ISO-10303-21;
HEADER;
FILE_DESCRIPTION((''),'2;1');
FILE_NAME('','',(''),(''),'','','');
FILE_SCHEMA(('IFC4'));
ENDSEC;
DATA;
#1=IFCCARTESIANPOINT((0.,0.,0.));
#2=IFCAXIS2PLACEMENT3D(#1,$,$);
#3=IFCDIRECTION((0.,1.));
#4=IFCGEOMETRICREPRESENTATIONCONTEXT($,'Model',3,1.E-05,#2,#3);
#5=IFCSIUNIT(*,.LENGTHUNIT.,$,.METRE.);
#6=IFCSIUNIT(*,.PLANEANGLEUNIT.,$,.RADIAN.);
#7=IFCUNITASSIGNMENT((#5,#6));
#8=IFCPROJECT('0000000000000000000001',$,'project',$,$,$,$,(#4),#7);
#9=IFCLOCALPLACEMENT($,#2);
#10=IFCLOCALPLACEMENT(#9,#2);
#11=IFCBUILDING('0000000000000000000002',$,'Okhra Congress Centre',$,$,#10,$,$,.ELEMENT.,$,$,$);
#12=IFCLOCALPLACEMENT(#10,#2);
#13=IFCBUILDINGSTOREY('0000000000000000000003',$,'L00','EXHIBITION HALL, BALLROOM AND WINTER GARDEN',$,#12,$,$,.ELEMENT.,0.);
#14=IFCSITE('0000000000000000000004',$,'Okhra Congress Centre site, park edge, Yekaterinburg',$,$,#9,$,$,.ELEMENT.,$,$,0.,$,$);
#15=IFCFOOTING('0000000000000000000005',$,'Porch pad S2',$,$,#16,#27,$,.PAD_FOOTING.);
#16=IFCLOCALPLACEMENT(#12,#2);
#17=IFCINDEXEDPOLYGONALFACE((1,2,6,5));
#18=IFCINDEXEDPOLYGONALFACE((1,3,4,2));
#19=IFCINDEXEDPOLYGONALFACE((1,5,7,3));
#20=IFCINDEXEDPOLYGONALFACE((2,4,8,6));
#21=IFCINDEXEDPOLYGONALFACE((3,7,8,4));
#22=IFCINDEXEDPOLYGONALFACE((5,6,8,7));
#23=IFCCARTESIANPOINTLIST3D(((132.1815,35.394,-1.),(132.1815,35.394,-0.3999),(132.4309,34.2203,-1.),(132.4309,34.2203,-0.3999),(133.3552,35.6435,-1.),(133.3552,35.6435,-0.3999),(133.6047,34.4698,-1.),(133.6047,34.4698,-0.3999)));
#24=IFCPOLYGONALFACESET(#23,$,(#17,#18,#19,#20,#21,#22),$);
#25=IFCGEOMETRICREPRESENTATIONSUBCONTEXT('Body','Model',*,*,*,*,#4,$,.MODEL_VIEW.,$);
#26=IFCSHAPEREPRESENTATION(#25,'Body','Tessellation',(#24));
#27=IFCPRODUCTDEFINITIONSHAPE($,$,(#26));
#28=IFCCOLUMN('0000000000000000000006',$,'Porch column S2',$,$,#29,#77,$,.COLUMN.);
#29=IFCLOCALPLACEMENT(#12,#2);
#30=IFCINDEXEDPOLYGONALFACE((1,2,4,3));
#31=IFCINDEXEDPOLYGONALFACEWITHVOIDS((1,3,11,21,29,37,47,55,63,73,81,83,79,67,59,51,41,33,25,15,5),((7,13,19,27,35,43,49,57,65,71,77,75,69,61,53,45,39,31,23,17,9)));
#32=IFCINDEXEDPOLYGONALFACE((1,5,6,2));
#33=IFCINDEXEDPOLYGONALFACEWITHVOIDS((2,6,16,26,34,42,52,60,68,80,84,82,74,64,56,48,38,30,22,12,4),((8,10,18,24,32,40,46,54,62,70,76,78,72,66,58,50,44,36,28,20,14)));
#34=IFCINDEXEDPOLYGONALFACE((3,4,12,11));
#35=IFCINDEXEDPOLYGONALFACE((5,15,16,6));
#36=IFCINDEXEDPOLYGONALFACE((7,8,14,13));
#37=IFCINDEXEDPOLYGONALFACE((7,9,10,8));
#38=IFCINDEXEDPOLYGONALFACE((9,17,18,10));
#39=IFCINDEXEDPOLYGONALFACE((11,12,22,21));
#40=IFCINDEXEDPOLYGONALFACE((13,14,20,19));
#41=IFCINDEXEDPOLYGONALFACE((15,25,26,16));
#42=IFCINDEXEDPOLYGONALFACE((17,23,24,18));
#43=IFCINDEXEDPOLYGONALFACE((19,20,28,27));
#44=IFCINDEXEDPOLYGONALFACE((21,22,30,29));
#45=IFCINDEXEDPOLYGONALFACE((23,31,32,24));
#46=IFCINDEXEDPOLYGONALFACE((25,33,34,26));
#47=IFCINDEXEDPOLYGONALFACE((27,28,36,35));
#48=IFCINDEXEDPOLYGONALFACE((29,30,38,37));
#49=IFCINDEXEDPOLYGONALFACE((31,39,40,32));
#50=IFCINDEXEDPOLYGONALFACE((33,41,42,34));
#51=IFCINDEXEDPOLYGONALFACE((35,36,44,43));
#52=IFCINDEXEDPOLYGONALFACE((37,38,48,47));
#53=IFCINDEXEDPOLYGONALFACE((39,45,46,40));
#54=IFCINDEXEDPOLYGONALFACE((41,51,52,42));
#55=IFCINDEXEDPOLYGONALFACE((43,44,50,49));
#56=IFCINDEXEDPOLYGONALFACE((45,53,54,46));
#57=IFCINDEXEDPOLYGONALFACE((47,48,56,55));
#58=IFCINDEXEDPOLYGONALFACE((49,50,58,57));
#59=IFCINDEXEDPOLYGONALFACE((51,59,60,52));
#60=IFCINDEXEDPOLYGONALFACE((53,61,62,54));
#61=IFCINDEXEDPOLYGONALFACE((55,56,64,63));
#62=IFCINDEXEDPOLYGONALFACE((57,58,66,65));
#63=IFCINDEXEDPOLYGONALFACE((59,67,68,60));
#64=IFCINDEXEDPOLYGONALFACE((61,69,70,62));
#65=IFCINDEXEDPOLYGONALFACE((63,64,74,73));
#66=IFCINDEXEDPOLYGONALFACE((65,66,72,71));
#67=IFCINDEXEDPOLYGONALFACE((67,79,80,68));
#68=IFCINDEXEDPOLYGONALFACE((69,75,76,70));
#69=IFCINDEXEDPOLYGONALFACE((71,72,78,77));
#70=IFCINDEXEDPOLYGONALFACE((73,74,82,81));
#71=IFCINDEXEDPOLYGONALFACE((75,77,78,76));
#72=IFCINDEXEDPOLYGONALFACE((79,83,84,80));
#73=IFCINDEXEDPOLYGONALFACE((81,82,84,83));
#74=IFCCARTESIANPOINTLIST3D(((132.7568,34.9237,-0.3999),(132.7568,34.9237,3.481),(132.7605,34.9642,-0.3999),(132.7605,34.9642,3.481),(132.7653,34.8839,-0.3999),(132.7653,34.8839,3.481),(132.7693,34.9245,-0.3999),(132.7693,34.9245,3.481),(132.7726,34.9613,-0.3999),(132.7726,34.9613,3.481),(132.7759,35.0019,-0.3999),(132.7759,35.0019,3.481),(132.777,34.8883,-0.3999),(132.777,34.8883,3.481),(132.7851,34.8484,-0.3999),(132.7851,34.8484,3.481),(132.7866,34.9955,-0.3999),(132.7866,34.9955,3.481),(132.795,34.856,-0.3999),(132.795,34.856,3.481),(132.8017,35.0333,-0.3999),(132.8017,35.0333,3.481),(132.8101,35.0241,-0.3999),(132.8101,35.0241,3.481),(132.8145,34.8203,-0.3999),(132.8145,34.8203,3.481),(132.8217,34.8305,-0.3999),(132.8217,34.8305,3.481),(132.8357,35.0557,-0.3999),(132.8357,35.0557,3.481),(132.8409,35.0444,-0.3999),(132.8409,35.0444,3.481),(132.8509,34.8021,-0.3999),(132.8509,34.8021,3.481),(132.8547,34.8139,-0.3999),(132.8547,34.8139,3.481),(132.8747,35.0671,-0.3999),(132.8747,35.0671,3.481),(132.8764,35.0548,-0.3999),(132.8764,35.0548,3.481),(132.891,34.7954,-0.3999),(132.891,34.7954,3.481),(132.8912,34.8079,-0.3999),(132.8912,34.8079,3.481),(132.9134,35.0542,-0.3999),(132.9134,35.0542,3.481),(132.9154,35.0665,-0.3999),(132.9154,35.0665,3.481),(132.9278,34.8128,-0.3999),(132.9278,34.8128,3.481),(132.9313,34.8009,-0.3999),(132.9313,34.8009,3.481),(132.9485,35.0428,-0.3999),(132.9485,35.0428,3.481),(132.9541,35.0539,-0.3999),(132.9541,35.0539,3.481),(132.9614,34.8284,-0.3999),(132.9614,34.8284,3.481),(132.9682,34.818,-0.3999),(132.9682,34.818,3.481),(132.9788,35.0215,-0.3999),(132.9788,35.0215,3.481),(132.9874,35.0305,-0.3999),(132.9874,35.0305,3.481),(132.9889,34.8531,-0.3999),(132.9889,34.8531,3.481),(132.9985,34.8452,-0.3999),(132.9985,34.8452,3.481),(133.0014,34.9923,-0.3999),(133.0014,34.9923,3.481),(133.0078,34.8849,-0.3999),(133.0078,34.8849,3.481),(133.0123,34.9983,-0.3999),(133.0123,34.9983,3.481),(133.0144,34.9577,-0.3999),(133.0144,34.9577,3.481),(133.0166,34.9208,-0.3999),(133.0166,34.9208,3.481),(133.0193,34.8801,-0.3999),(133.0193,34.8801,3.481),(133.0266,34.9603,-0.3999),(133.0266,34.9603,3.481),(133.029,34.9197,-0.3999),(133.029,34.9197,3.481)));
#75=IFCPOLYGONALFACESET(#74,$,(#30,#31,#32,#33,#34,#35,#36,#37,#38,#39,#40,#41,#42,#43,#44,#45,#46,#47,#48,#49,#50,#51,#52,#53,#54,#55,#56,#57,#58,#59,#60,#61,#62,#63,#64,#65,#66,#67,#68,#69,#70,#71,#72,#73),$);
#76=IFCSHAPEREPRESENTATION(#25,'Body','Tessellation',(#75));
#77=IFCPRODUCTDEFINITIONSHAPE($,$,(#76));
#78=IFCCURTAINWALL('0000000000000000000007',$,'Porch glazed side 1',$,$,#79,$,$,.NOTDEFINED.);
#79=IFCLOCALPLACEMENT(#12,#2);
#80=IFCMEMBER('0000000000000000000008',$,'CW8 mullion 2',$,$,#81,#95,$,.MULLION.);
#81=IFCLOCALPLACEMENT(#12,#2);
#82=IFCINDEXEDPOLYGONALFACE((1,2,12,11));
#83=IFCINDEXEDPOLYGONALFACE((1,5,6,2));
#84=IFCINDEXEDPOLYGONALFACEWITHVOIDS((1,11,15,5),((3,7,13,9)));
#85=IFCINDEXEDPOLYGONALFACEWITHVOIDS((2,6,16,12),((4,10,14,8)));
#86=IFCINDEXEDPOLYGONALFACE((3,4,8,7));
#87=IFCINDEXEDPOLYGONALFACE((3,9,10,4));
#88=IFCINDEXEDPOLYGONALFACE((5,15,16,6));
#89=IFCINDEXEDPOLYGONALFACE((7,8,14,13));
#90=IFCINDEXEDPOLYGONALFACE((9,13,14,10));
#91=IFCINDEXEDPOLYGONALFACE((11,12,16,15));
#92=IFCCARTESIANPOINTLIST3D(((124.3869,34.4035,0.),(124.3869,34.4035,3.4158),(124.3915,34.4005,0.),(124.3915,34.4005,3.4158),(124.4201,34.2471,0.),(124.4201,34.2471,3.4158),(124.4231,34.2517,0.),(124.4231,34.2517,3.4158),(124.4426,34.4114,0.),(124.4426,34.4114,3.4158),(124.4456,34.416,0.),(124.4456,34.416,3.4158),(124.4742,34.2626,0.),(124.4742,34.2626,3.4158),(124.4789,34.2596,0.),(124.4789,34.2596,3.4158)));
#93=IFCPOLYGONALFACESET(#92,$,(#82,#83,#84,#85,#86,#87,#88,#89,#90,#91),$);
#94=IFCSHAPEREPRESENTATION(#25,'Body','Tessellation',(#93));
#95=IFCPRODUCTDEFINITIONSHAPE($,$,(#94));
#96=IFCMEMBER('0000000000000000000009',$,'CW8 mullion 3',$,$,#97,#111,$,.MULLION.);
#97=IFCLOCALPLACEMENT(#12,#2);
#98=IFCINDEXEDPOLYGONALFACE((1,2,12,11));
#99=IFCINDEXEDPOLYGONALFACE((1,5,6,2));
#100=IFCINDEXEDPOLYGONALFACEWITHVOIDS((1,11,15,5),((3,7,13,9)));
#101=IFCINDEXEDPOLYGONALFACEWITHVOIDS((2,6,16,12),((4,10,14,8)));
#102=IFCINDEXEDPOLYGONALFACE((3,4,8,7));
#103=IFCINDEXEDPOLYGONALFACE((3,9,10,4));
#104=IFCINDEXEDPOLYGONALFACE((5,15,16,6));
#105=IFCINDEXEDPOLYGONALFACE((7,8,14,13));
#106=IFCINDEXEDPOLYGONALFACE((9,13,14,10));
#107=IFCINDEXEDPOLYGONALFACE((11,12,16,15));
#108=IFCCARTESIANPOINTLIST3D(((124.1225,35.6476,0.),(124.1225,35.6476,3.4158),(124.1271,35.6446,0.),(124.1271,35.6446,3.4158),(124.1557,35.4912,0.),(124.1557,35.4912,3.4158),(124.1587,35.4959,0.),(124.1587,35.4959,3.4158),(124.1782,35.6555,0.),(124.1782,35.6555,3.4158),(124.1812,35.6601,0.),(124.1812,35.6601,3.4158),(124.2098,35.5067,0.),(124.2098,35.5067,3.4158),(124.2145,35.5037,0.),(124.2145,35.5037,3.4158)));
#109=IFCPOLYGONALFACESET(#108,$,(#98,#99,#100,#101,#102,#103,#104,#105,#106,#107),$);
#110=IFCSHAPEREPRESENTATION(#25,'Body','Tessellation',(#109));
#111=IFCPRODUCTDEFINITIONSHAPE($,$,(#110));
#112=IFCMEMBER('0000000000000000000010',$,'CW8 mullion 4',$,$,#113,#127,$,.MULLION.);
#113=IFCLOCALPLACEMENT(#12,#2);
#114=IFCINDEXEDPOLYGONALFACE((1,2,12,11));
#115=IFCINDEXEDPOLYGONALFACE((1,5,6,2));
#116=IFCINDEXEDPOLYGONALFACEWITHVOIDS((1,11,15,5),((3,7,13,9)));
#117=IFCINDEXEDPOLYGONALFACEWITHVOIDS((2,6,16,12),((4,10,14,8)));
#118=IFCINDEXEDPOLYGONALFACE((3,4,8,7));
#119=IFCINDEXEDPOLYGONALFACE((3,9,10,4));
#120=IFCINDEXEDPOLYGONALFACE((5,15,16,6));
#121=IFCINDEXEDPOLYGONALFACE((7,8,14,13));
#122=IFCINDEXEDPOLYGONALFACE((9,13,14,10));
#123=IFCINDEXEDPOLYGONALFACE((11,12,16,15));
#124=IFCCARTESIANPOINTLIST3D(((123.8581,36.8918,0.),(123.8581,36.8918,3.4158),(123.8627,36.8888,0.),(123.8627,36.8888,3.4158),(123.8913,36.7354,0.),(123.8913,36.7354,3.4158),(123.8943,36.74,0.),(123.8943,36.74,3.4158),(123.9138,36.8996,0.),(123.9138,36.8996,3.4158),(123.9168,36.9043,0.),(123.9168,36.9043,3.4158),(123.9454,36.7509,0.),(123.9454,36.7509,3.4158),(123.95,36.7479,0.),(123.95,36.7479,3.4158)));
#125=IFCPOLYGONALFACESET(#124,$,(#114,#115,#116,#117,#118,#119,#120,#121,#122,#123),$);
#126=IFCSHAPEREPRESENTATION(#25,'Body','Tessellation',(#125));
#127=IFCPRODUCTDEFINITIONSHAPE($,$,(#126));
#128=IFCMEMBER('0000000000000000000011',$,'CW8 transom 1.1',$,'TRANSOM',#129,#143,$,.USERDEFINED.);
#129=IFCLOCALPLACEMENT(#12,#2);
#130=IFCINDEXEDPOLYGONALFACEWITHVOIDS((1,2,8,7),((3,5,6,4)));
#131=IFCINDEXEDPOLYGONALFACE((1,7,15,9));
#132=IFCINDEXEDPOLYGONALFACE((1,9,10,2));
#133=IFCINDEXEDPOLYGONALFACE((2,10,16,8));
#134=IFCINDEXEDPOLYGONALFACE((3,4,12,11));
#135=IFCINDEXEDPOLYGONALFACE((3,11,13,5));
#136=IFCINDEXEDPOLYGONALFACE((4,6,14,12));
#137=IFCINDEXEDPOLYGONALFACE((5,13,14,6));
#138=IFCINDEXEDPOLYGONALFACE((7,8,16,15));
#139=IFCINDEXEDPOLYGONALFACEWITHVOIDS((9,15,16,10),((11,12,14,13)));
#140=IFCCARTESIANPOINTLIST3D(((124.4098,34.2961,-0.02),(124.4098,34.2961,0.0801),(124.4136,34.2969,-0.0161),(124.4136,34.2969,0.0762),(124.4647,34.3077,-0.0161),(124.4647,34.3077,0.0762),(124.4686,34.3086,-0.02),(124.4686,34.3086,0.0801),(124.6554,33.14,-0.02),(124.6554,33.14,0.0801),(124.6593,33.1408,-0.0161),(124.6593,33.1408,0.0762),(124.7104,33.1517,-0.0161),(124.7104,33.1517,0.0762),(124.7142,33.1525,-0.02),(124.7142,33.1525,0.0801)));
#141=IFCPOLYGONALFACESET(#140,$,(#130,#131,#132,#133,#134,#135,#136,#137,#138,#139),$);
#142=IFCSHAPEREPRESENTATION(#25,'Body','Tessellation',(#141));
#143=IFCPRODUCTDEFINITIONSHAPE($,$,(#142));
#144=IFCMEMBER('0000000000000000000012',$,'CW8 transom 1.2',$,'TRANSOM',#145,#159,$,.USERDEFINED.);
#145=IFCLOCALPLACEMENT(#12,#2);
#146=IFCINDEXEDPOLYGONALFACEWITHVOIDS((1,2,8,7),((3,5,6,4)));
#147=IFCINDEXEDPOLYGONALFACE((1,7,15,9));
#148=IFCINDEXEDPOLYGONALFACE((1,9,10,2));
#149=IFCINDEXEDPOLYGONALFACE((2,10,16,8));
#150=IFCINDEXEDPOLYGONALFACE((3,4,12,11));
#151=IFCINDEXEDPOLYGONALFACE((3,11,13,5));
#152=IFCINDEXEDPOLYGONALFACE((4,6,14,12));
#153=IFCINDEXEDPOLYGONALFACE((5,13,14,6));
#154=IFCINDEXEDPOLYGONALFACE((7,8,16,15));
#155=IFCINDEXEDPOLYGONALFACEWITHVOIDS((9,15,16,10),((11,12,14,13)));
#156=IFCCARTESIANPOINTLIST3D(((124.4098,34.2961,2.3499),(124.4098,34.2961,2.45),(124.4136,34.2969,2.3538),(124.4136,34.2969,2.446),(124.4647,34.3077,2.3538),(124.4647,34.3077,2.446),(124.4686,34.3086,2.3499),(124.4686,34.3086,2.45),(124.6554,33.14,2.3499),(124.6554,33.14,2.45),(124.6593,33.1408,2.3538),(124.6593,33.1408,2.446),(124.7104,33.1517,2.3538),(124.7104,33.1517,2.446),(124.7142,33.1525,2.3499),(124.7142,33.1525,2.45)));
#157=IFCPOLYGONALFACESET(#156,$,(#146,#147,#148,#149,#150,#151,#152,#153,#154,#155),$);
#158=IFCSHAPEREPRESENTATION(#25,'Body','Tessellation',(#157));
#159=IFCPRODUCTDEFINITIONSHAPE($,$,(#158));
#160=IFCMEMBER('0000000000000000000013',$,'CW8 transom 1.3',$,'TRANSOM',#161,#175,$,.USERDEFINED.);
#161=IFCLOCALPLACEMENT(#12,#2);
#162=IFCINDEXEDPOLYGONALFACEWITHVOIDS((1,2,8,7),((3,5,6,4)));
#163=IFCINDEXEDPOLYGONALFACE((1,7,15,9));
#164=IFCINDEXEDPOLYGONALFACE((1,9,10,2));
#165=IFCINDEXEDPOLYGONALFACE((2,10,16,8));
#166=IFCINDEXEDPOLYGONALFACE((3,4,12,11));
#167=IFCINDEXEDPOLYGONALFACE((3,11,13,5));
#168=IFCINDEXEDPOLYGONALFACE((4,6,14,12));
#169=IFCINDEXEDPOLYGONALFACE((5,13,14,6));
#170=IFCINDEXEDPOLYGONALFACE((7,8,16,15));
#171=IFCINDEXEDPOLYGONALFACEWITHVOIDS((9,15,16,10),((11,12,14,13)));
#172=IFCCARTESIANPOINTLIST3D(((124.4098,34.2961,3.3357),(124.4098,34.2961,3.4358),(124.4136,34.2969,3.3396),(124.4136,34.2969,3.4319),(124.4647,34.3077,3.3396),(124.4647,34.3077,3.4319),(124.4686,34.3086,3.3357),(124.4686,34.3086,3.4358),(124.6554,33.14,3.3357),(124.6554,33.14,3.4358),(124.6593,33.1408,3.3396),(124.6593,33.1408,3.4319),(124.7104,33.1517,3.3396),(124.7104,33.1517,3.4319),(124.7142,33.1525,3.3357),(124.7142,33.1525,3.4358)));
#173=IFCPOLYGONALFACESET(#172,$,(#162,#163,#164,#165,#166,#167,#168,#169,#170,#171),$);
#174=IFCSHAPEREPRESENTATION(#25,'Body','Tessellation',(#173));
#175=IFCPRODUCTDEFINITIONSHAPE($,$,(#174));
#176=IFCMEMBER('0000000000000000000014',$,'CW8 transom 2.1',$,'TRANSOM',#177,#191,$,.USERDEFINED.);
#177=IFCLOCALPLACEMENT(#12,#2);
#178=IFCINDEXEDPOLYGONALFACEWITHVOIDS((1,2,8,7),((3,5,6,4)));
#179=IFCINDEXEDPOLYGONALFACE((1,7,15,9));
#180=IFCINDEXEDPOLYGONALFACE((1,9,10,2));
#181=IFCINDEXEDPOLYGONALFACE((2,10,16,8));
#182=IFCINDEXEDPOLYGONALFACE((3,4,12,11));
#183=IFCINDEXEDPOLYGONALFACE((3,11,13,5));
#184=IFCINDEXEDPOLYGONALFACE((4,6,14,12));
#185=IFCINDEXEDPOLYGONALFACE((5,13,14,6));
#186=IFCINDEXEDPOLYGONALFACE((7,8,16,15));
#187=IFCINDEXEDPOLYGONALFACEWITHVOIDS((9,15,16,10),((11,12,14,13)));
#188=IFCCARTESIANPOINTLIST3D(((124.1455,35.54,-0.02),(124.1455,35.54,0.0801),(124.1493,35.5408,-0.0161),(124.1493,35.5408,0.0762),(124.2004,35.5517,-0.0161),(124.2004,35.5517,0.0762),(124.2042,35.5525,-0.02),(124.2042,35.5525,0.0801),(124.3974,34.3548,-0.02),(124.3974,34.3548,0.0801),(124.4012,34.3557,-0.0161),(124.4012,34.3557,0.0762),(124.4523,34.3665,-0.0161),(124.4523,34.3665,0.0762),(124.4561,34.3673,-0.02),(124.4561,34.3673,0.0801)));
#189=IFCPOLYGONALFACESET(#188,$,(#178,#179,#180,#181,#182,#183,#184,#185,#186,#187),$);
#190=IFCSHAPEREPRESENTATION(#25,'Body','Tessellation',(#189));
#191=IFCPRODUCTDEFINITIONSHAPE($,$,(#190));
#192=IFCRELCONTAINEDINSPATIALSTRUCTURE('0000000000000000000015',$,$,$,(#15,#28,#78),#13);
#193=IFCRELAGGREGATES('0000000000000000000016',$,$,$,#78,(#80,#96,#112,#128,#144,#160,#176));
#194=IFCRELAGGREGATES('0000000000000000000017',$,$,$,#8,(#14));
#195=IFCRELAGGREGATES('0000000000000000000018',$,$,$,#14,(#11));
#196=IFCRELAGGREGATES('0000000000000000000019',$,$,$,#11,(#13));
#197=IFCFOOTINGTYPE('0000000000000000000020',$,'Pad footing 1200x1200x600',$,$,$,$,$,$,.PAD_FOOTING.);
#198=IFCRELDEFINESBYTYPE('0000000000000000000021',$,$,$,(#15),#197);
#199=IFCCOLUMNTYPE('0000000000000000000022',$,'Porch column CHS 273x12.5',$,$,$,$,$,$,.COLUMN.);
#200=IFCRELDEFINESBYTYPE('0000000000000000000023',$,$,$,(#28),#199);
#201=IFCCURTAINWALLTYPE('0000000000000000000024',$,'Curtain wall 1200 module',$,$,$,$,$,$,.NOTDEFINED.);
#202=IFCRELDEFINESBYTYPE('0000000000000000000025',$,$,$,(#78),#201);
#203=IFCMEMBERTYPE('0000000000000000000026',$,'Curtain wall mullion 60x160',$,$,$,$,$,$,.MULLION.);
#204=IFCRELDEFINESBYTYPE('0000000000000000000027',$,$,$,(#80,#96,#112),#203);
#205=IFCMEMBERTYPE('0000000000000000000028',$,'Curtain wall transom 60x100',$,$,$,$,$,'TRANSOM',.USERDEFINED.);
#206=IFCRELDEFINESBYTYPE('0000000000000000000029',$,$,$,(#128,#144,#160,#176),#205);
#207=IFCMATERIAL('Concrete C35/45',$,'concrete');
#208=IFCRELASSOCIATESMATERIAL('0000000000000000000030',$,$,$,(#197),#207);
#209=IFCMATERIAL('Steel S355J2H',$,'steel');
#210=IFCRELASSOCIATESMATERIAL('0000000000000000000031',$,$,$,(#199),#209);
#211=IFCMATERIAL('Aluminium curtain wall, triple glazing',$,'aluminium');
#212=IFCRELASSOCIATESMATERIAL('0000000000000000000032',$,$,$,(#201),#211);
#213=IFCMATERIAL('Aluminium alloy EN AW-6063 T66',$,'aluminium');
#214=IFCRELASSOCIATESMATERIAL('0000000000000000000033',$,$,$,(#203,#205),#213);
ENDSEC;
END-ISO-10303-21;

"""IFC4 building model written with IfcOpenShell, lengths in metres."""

from ifc_helpers import new_model, si_unit, direction, frame, origin, origin_2d, place, context, subcontext, project, spatial, rectangle, hollow_rectangle, hollow_circle, extrude, material, material_profile, profile_set, type_object, element, aggregate, save


model = new_model("IFC4")

# Units and contexts
model_context = context("Model", 3, precision=1e-05, world=origin(), true_north=direction((0.0, 1.0)))
body_context = subcontext(model_context, "Body", "Model", "MODEL_VIEW")
ifc_project = project(units=[si_unit("LENGTHUNIT", "METRE"), si_unit("PLANEANGLEUNIT", "RADIAN")], contexts=[model_context])

# Site, building, storey
site_placement = place(None, origin())
site = spatial("IfcSite", under=ifc_project, at=site_placement, Name="Okhra Congress Centre site, park edge, Yekaterinburg", CompositionType="ELEMENT", RefElevation=0.0)
building_placement = place(site_placement, origin())
building = spatial("IfcBuilding", under=site, at=building_placement, Name="Okhra Congress Centre", CompositionType="ELEMENT")
storey_placement = place(building_placement, origin())
storey = spatial("IfcBuildingStorey", under=building, at=storey_placement, Name="L00", Description="EXHIBITION HALL, BALLROOM AND WINTER GARDEN", CompositionType="ELEMENT", Elevation=0.0)

# Footing
ifc_material_1 = material(Name="Concrete C35/45", Category="concrete")
footing_type = type_object("IfcFootingType", Name="Pad footing 1200x1200x600", PredefinedType="PAD_FOOTING", material=ifc_material_1)
footing_placement = place(storey_placement, frame((132.8931, 34.9319, -1.0), z_axis=(0.0, 0.0, 1.0), x_axis=(0.978148, 0.207912, 0.0)))
element("IfcFooting", 1, at=footing_placement, inside=storey, type_object=footing_type, Name="Porch pad S2", PredefinedType="PAD_FOOTING", context=body_context, shape_type="SweptSolid", body=[
    extrude(rectangle(XDim=1.2, YDim=1.2, at=origin_2d()), origin(), (0.0, 0.0, 1.0), 0.6001),
])

# Column
ifc_material_2 = material(Name="Steel S355J2H", Category="steel")
ifc_material_profile_1 = material_profile(ifc_material_2, hollow_circle(Radius=0.1365, WallThickness=0.0125, at=origin_2d()), Name="CHS 273x12.5")
ifc_profile_set_1 = profile_set([ifc_material_profile_1], Name="Steel S355J2H")
column_type = type_object("IfcColumnType", Name="Porch column CHS 273x12.5", PredefinedType="COLUMN", material=ifc_profile_set_1)
column_placement = place(storey_placement, frame((132.8931, 34.9319, -0.3999), z_axis=(0.0, 0.0, 1.0), x_axis=(0.978148, 0.207912, 0.0)))
element("IfcColumn", 2, at=column_placement, inside=storey, type_object=column_type, Name="Porch column S2", PredefinedType="COLUMN", context=body_context, shape_type="SweptSolid", body=[
    extrude(hollow_circle(Radius=0.1365, WallThickness=0.0125, at=origin_2d()), origin(), (0.0, 0.0, 1.0), 3.8809),
])

# Curtain wall, members
ifc_material_3 = material(Name="Aluminium curtain wall, triple glazing", Category="aluminium")
curtain_wall_type = type_object("IfcCurtainWallType", Name="Curtain wall 1200 module", PredefinedType="NOTDEFINED", material=ifc_material_3)
curtain_wall_placement = place(storey_placement, origin())
curtain_wall = element("IfcCurtainWall", 3, at=curtain_wall_placement, inside=storey, type_object=curtain_wall_type, Name="Porch glazed side 1", PredefinedType="NOTDEFINED")
ifc_material_4 = material(Name="Aluminium alloy EN AW-6063 T66", Category="aluminium")
ifc_material_profile_2 = material_profile(ifc_material_4, hollow_rectangle(XDim=0.0601, YDim=0.1599, WallThickness=0.0039, at=origin_2d()), Name="RHS 60x160x4")
ifc_profile_set_2 = profile_set([ifc_material_profile_2], Name="Aluminium alloy EN AW-6063 T66")
member_type_1 = type_object("IfcMemberType", Name="Curtain wall mullion 60x160", PredefinedType="MULLION", material=ifc_profile_set_2)
member_1_placement = place(storey_placement, frame((124.4329, 34.3315, 0.0), z_axis=(0.0, 0.0, 1.0), x_axis=(-0.978148, -0.207912, 0.0)))
member_1 = element("IfcMember", 4, at=member_1_placement, type_object=member_type_1, Name="CW8 mullion 2", PredefinedType="MULLION", context=body_context, shape_type="SweptSolid", body=[
    extrude(hollow_rectangle(XDim=0.0601, YDim=0.1599, WallThickness=0.0039, at=origin_2d()), origin(), (0.0, 0.0, 1.0), 3.4158),
])
member_2_placement = place(storey_placement, frame((124.1685, 35.5757, 0.0), z_axis=(0.0, 0.0, 1.0), x_axis=(-0.978148, -0.207912, 0.0)))
member_2 = element("IfcMember", 5, at=member_2_placement, type_object=member_type_1, Name="CW8 mullion 3", PredefinedType="MULLION", context=body_context, shape_type="SweptSolid", body=[
    extrude(hollow_rectangle(XDim=0.0601, YDim=0.1599, WallThickness=0.0039, at=origin_2d()), origin(), (0.0, 0.0, 1.0), 3.4158),
])
member_3_placement = place(storey_placement, frame((123.9041, 36.8198, 0.0), z_axis=(0.0, 0.0, 1.0), x_axis=(-0.978148, -0.207912, 0.0)))
member_3 = element("IfcMember", 6, at=member_3_placement, type_object=member_type_1, Name="CW8 mullion 4", PredefinedType="MULLION", context=body_context, shape_type="SweptSolid", body=[
    extrude(hollow_rectangle(XDim=0.0601, YDim=0.1599, WallThickness=0.0039, at=origin_2d()), origin(), (0.0, 0.0, 1.0), 3.4158),
])
ifc_material_profile_3 = material_profile(ifc_material_4, hollow_rectangle(XDim=0.0601, YDim=0.1001, WallThickness=0.0039, at=origin_2d()), Name="RHS 60x100x4")
ifc_profile_set_3 = profile_set([ifc_material_profile_3], Name="Aluminium alloy EN AW-6063 T66")
member_type_2 = type_object("IfcMemberType", Name="Curtain wall transom 60x100", ElementType="TRANSOM", PredefinedType="USERDEFINED", material=ifc_profile_set_3)
member_4_placement = place(storey_placement, frame((124.6848, 33.1462, 0.03), z_axis=(-0.207822, 0.978167, 0.0), x_axis=(-0.978167, -0.207822, 0.0)))
member_4 = element("IfcMember", 7, at=member_4_placement, type_object=member_type_2, Name="CW8 transom 1.1", ObjectType="TRANSOM", PredefinedType="USERDEFINED", context=body_context, shape_type="SweptSolid", body=[
    extrude(hollow_rectangle(XDim=0.0601, YDim=0.1001, WallThickness=0.0039, at=origin_2d()), origin(), (0.0, 0.0, 1.0), 1.1819),
])
member_5_placement = place(storey_placement, frame((124.6848, 33.1462, 2.3999), z_axis=(-0.207822, 0.978167, 0.0), x_axis=(-0.978167, -0.207822, 0.0)))
member_5 = element("IfcMember", 8, at=member_5_placement, type_object=member_type_2, Name="CW8 transom 1.2", ObjectType="TRANSOM", PredefinedType="USERDEFINED", context=body_context, shape_type="SweptSolid", body=[
    extrude(hollow_rectangle(XDim=0.0601, YDim=0.1001, WallThickness=0.0039, at=origin_2d()), origin(), (0.0, 0.0, 1.0), 1.1819),
])
member_6_placement = place(storey_placement, frame((124.6848, 33.1462, 3.3857), z_axis=(-0.207822, 0.978167, 0.0), x_axis=(-0.978167, -0.207822, 0.0)))
member_6 = element("IfcMember", 9, at=member_6_placement, type_object=member_type_2, Name="CW8 transom 1.3", ObjectType="TRANSOM", PredefinedType="USERDEFINED", context=body_context, shape_type="SweptSolid", body=[
    extrude(hollow_rectangle(XDim=0.0601, YDim=0.1001, WallThickness=0.0039, at=origin_2d()), origin(), (0.0, 0.0, 1.0), 1.1819),
])
member_7_placement = place(storey_placement, frame((124.4268, 34.3611, 0.03), z_axis=(-0.207919, 0.978146, 0.0), x_axis=(-0.978146, -0.207919, 0.0)))
member_7 = element("IfcMember", 10, at=member_7_placement, type_object=member_type_2, Name="CW8 transom 2.1", ObjectType="TRANSOM", PredefinedType="USERDEFINED", context=body_context, shape_type="SweptSolid", body=[
    extrude(hollow_rectangle(XDim=0.0601, YDim=0.1001, WallThickness=0.0039, at=origin_2d()), origin(), (0.0, 0.0, 1.0), 1.2117),
])

aggregate(curtain_wall, [member_1, member_2, member_3, member_4, member_5, member_6, member_7])

save(model, "model.ifc")
